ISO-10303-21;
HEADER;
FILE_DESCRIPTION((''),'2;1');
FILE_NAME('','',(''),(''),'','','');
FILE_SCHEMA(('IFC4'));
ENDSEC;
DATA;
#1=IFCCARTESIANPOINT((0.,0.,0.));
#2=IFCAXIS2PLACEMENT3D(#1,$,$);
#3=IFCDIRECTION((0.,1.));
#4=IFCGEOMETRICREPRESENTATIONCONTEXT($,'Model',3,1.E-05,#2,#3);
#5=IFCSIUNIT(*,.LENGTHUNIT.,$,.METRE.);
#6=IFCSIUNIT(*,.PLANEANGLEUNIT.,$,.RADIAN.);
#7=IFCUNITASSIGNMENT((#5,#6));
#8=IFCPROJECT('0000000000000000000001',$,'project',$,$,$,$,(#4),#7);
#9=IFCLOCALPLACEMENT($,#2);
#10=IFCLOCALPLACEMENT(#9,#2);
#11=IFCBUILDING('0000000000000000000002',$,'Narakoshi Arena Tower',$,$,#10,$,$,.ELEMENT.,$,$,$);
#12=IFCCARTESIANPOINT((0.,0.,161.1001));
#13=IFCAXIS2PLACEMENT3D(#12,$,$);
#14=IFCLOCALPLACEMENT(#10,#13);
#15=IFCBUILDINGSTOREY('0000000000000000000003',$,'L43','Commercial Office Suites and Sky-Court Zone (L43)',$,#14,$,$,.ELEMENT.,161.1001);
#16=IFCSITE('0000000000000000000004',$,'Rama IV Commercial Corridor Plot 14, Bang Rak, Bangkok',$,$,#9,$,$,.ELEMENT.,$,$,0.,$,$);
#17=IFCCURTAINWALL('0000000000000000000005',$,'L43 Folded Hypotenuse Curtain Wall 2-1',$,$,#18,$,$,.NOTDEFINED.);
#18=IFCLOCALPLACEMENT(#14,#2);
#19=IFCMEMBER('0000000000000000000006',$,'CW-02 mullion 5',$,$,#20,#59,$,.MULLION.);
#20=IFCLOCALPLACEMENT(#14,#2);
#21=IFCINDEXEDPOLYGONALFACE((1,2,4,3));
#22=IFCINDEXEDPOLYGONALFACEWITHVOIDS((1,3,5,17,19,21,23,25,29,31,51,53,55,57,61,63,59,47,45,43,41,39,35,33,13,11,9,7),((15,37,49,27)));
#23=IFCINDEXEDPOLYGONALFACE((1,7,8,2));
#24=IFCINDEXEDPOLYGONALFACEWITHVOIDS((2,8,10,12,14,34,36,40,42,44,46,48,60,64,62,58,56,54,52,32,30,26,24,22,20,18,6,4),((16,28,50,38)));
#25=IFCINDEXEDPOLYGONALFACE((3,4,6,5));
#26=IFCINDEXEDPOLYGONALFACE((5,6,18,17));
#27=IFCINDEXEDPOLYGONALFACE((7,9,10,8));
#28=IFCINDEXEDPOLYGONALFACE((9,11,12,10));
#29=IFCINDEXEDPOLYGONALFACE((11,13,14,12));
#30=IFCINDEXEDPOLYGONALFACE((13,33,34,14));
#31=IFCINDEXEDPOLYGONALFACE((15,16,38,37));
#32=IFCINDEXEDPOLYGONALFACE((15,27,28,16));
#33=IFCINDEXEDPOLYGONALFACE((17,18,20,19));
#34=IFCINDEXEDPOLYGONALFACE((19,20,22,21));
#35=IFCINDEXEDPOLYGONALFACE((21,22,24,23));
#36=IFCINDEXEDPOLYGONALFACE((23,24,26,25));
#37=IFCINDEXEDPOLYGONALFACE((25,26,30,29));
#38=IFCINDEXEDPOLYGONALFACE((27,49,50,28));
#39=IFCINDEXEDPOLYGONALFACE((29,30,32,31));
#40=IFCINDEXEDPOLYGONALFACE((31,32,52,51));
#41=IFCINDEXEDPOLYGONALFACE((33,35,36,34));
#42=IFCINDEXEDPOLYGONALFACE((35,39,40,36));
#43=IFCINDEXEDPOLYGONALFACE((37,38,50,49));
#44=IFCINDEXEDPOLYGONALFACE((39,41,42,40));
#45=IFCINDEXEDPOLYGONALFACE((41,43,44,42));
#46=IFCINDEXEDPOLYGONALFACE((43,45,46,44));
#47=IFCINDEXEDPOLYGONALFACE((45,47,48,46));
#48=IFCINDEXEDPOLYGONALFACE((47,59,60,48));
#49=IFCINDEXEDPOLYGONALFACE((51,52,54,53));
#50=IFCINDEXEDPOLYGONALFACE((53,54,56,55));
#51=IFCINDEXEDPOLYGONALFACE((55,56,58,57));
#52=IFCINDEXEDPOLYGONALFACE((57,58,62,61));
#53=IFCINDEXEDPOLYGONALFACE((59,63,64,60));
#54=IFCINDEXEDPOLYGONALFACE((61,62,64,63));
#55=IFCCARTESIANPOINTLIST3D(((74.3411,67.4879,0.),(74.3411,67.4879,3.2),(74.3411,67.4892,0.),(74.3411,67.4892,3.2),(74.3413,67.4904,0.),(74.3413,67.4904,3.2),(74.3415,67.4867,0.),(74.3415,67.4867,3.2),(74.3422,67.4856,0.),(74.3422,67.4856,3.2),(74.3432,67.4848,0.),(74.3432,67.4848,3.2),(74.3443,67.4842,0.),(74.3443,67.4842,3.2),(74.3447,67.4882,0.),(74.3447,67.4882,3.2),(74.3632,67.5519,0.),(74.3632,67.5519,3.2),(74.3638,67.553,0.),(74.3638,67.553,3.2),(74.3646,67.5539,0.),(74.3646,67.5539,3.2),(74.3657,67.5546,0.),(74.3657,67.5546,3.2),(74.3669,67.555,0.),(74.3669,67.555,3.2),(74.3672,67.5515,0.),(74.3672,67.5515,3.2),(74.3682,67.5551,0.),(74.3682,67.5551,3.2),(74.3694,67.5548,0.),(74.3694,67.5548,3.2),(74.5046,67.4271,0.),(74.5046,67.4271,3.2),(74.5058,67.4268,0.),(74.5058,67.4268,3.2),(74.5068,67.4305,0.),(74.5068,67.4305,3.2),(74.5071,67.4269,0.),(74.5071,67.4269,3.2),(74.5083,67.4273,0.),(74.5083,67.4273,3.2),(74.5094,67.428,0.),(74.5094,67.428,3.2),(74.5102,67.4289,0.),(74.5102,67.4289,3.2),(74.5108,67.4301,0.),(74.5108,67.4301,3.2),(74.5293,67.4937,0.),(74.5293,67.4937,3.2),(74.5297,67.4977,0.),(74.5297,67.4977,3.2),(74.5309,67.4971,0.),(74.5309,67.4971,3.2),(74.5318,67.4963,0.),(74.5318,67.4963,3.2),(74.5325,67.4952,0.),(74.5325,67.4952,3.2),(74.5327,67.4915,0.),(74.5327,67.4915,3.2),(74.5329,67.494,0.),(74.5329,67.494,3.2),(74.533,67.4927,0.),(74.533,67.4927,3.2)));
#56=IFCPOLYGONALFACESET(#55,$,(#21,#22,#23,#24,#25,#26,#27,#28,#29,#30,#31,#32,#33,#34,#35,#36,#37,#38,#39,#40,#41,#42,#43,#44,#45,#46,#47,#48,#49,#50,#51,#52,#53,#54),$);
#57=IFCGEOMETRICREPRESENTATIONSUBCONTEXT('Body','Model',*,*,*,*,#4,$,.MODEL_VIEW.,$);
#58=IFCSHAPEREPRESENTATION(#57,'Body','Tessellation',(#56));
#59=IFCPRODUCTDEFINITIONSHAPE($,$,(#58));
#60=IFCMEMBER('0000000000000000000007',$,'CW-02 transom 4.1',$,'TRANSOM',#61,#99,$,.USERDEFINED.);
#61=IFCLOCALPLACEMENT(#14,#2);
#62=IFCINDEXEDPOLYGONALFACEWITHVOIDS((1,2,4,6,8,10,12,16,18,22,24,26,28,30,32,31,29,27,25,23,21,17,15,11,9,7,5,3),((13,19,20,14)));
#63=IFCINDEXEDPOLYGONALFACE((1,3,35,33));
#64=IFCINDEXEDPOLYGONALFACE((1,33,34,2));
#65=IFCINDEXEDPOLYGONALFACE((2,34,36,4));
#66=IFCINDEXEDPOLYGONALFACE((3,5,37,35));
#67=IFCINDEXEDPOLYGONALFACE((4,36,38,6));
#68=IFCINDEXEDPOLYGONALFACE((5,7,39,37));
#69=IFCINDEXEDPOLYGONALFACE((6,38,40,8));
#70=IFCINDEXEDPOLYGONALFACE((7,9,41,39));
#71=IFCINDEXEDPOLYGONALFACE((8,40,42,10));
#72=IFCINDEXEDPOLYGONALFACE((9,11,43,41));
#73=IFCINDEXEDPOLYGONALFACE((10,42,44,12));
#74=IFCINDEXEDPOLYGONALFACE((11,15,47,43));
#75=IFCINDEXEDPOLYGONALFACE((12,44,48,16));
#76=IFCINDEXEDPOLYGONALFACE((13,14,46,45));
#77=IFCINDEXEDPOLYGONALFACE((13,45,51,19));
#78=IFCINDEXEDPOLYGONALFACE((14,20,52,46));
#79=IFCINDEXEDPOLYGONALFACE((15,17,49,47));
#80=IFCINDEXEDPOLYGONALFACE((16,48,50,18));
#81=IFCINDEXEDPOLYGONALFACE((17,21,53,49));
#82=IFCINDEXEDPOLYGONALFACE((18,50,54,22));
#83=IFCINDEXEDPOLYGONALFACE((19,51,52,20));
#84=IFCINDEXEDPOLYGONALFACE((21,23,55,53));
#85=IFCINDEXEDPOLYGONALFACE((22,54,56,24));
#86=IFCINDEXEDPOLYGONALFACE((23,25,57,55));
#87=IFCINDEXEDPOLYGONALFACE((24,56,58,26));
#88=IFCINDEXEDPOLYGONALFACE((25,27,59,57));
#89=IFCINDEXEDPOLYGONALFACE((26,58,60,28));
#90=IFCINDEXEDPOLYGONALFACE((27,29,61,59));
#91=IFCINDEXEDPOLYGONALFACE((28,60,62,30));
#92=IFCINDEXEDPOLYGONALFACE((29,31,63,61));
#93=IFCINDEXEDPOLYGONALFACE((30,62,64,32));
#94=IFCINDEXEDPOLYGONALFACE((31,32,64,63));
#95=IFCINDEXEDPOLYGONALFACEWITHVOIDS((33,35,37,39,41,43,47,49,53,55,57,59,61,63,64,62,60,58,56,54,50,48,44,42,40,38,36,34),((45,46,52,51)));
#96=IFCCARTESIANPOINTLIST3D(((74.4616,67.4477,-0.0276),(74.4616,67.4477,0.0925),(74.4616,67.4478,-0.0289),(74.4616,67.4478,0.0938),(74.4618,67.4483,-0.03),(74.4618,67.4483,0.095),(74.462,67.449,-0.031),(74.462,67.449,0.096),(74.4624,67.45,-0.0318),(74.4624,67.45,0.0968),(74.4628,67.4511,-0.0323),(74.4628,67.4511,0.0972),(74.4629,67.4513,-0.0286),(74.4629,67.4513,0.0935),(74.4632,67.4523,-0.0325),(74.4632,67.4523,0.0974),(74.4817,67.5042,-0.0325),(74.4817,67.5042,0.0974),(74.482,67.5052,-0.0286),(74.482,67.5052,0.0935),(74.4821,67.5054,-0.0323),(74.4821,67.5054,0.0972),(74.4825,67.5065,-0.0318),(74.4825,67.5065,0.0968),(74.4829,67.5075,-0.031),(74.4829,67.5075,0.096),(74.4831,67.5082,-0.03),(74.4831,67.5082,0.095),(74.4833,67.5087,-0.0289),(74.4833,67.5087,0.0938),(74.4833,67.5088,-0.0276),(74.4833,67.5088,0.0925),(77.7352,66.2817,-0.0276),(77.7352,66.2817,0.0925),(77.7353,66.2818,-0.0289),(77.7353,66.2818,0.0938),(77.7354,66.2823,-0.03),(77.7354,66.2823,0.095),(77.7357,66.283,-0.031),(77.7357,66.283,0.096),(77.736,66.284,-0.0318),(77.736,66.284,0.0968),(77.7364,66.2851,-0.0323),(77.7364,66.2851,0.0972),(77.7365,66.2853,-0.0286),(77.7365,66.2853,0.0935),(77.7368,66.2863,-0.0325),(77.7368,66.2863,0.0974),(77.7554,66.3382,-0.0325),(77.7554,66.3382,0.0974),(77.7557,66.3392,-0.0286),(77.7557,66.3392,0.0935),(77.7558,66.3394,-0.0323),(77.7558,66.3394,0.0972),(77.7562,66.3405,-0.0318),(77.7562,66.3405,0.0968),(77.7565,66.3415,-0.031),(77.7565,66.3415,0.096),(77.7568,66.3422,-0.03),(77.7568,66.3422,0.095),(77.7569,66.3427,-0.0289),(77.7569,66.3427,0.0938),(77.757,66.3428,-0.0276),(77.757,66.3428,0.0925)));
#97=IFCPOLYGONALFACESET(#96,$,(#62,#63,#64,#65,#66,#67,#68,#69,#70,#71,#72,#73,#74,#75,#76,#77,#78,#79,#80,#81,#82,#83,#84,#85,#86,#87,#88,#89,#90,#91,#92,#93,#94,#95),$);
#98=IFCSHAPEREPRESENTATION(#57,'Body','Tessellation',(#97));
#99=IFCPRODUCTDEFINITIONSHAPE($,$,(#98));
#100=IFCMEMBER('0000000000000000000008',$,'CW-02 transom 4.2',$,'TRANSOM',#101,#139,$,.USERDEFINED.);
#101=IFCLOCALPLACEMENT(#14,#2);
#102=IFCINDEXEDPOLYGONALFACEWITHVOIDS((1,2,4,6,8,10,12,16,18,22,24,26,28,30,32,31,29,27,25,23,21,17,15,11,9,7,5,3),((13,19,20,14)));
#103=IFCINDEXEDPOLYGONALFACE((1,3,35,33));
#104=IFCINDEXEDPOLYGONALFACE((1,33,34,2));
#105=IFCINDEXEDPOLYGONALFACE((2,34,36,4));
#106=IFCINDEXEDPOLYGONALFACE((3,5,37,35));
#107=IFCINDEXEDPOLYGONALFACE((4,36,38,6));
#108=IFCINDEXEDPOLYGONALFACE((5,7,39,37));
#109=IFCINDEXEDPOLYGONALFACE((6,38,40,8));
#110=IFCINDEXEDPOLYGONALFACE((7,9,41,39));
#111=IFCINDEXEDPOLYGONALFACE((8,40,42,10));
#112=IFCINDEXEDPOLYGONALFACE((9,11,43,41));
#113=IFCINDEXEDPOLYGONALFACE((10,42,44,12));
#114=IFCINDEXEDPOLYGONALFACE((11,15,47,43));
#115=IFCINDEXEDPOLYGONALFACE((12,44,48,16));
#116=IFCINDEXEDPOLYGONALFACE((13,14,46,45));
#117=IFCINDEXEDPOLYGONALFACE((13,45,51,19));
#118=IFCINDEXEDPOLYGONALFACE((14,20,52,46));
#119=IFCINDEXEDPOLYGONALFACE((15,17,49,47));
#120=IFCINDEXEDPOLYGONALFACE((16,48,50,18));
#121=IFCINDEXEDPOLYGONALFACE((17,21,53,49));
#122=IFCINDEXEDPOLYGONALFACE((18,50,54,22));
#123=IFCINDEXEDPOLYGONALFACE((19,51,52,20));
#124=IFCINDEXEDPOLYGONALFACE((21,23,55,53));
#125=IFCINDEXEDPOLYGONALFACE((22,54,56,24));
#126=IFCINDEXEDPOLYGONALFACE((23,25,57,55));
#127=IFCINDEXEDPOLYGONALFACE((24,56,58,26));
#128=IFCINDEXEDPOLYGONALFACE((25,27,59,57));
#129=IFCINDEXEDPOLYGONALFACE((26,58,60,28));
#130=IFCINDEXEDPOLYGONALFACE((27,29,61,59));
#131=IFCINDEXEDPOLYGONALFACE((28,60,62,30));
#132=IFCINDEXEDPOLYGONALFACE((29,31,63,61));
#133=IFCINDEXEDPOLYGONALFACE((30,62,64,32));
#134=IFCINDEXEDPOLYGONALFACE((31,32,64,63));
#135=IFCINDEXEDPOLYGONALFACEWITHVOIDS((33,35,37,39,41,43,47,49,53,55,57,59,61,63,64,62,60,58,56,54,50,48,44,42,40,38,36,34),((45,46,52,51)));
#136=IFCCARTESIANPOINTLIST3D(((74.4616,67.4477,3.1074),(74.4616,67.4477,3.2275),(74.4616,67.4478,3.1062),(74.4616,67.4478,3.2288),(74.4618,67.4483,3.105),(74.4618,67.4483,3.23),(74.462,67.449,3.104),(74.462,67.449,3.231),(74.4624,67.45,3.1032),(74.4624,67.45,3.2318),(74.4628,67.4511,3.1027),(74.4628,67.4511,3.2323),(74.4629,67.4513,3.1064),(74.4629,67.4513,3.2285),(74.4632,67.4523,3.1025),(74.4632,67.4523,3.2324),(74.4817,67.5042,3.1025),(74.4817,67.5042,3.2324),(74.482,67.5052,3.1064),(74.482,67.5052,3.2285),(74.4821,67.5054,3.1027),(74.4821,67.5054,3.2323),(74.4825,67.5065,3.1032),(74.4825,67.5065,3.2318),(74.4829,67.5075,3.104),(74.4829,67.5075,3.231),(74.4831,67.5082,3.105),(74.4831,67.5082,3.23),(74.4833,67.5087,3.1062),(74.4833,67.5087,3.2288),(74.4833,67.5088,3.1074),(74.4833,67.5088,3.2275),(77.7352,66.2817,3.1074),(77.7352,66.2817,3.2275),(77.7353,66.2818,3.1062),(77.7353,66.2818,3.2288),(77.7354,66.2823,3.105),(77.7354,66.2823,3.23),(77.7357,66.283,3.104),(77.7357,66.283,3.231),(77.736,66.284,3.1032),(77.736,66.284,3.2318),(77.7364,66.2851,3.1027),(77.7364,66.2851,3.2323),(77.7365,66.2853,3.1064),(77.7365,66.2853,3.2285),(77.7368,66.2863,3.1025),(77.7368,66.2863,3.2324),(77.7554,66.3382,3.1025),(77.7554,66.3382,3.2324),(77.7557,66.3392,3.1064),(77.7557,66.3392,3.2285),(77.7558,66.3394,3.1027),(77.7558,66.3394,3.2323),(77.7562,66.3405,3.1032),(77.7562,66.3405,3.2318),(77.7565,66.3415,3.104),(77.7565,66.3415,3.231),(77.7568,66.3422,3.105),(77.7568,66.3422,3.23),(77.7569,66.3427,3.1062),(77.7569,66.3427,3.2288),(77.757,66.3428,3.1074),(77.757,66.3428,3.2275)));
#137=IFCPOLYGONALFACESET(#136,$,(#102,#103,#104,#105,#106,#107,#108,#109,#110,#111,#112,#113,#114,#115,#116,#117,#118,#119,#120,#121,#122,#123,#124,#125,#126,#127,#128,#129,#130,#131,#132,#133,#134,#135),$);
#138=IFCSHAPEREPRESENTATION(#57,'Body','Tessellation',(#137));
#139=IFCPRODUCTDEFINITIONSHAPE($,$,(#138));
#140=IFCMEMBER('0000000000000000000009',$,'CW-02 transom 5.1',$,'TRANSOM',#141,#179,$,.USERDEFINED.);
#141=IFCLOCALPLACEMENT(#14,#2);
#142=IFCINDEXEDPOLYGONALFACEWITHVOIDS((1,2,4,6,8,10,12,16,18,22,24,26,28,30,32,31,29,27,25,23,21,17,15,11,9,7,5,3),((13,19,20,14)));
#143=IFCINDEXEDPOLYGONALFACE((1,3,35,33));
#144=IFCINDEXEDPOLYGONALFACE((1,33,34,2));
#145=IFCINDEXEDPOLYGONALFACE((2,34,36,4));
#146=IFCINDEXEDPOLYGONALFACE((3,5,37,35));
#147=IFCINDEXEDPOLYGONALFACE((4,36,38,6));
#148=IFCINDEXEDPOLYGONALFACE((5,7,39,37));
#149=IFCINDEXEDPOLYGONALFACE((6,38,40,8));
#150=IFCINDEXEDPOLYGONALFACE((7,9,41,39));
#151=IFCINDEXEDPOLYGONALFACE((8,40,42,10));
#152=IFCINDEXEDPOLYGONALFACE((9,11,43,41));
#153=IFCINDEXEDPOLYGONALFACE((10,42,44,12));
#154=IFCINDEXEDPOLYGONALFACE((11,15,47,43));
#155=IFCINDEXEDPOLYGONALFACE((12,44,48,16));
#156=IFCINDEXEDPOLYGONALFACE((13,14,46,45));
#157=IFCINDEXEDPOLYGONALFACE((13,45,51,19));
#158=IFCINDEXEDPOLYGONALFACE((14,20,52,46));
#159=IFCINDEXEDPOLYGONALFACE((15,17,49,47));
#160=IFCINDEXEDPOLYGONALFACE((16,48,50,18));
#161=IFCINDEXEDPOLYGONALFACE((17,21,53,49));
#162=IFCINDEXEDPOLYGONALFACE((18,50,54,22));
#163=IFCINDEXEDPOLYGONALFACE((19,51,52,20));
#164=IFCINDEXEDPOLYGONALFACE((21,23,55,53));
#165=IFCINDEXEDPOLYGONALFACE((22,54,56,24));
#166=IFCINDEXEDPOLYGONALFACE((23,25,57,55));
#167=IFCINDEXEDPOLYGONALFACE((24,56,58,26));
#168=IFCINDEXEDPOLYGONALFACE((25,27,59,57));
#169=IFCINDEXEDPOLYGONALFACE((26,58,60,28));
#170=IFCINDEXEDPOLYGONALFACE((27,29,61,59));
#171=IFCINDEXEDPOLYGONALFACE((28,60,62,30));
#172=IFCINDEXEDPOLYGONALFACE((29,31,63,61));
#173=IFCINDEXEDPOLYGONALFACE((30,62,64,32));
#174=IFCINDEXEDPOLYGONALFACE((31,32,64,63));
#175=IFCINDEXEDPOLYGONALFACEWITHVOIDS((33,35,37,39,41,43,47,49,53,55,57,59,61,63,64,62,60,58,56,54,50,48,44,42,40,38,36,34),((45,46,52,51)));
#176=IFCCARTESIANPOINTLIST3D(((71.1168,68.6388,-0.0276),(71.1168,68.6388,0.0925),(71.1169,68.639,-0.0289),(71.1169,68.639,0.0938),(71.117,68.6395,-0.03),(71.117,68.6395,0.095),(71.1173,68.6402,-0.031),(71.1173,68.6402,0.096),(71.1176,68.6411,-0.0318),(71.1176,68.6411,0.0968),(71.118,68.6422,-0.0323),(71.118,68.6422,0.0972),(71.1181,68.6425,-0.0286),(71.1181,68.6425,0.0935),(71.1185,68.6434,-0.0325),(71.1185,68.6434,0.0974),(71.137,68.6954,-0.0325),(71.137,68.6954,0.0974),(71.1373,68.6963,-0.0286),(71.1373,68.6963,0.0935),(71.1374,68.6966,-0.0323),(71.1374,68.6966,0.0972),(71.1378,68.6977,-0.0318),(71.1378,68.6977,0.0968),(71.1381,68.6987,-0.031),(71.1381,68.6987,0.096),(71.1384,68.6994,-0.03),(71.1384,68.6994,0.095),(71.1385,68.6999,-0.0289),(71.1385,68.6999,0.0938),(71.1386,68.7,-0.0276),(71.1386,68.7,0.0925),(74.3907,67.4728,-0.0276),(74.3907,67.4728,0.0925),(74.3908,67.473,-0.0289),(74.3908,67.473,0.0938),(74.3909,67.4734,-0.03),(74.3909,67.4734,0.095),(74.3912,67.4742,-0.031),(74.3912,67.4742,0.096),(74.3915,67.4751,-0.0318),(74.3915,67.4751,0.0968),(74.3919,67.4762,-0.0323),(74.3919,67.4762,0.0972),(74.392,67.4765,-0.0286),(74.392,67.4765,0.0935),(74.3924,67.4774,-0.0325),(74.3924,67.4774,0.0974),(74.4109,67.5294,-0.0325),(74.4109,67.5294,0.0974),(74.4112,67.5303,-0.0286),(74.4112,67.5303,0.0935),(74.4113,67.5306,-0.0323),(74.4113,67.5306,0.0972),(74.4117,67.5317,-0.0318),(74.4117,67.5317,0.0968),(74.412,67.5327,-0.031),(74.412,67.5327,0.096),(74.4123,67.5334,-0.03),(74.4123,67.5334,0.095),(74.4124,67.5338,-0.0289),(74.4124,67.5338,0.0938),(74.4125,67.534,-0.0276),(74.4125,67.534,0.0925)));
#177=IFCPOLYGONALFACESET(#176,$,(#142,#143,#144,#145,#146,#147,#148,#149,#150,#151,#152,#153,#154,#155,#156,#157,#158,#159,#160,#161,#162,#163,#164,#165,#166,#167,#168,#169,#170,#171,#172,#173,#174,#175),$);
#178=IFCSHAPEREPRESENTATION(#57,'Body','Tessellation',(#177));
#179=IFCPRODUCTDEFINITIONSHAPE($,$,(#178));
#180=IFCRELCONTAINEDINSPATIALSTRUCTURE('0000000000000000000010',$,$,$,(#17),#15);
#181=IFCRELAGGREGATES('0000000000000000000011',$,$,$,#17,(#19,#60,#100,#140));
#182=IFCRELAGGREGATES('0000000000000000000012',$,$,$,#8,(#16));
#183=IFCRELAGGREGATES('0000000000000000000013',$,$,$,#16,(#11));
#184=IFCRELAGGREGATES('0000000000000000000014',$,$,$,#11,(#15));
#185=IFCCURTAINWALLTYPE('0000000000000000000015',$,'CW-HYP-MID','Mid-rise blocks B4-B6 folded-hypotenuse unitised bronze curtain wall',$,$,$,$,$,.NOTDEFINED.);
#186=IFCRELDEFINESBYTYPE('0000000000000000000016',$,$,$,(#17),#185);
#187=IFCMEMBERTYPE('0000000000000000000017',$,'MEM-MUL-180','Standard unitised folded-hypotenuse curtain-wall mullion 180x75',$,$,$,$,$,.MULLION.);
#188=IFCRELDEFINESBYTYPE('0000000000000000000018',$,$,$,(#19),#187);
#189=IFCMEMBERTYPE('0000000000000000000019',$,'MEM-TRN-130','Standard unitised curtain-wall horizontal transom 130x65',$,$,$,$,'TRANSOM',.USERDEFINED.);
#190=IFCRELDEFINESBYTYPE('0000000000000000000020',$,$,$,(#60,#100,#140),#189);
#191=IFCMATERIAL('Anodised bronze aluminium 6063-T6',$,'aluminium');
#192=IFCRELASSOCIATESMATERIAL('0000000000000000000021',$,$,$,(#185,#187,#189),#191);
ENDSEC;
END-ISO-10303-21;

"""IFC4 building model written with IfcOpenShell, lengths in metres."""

from ifc_helpers import new_model, si_unit, direction, frame, origin, origin_2d, place, context, subcontext, project, spatial, hollow_rectangle, extrude, material, material_profile, profile_set, type_object, element, aggregate, save


model = new_model("IFC4")

# Units and contexts
model_context = context("Model", 3, precision=1e-05, world=origin(), true_north=direction((0.0, 1.0)))
body_context = subcontext(model_context, "Body", "Model", "MODEL_VIEW")
ifc_project = project(units=[si_unit("LENGTHUNIT", "METRE"), si_unit("PLANEANGLEUNIT", "RADIAN")], contexts=[model_context])

# Site, building, storey
site_placement = place(None, origin())
site = spatial("IfcSite", under=ifc_project, at=site_placement, Name="Rama IV Commercial Corridor Plot 14, Bang Rak, Bangkok", CompositionType="ELEMENT", RefElevation=0.0)
building_placement = place(site_placement, origin())
building = spatial("IfcBuilding", under=site, at=building_placement, Name="Narakoshi Arena Tower", CompositionType="ELEMENT")
storey_placement = place(building_placement, frame((0.0, 0.0, 161.1001)))
storey = spatial("IfcBuildingStorey", under=building, at=storey_placement, Name="L43", Description="Commercial Office Suites and Sky-Court Zone (L43)", CompositionType="ELEMENT", Elevation=161.1001)

# Curtain wall, members
ifc_material_1 = material(Name="Anodised bronze aluminium 6063-T6", Category="aluminium")
curtain_wall_type = type_object("IfcCurtainWallType", Name="CW-HYP-MID", Description="Mid-rise blocks B4-B6 folded-hypotenuse unitised bronze curtain wall", PredefinedType="NOTDEFINED", material=ifc_material_1)
curtain_wall_placement = place(storey_placement, origin())
curtain_wall = element("IfcCurtainWall", 1, at=curtain_wall_placement, inside=storey, type_object=curtain_wall_type, Name="L43 Folded Hypotenuse Curtain Wall 2-1", PredefinedType="NOTDEFINED")
ifc_material_profile_1 = material_profile(ifc_material_1, hollow_rectangle(XDim=0.075, YDim=0.1799, WallThickness=0.0039, OuterFilletRadius=0.0049, at=origin_2d()), Name="MUL180x75x4")
ifc_profile_set_1 = profile_set([ifc_material_profile_1], Name="Anodised bronze aluminium 6063-T6")
member_type_1 = type_object("IfcMemberType", Name="MEM-MUL-180", Description="Standard unitised folded-hypotenuse curtain-wall mullion 180x75", PredefinedType="MULLION", material=ifc_profile_set_1)
member_1_placement = place(storey_placement, frame((74.437, 67.491, 0.0), z_axis=(0.0, 0.0, 1.0), x_axis=(-0.335518, -0.942034, 0.0)))
member_1 = element("IfcMember", 2, at=member_1_placement, type_object=member_type_1, Name="CW-02 mullion 5", PredefinedType="MULLION", context=body_context, shape_type="SweptSolid", body=[
    extrude(hollow_rectangle(XDim=0.075, YDim=0.1799, WallThickness=0.0039, OuterFilletRadius=0.0049, at=origin_2d()), origin(), (0.0, 0.0, 1.0), 3.2),
])
ifc_material_profile_2 = material_profile(ifc_material_1, hollow_rectangle(XDim=0.0649, YDim=0.1299, WallThickness=0.0039, OuterFilletRadius=0.0049, at=origin_2d()), Name="TRN130x65x4")
ifc_profile_set_2 = profile_set([ifc_material_profile_2], Name="Anodised bronze aluminium 6063-T6")
member_type_2 = type_object("IfcMemberType", Name="MEM-TRN-130", Description="Standard unitised curtain-wall horizontal transom 130x65", ElementType="TRANSOM", PredefinedType="USERDEFINED", material=ifc_profile_set_2)
member_2_placement = place(storey_placement, frame((77.7461, 66.3123, 0.0325), z_axis=(-0.942029, 0.335531, 0.0), x_axis=(-0.335531, -0.942029, 0.0)))
member_2 = element("IfcMember", 3, at=member_2_placement, type_object=member_type_2, Name="CW-02 transom 4.1", ObjectType="TRANSOM", PredefinedType="USERDEFINED", context=body_context, shape_type="SweptSolid", body=[
    extrude(hollow_rectangle(XDim=0.0649, YDim=0.1299, WallThickness=0.0039, OuterFilletRadius=0.0049, at=origin_2d()), origin(), (0.0, 0.0, 1.0), 3.4751),
])
member_3_placement = place(storey_placement, frame((77.7461, 66.3123, 3.1675), z_axis=(-0.942029, 0.335531, 0.0), x_axis=(-0.335531, -0.942029, 0.0)))
member_3 = element("IfcMember", 4, at=member_3_placement, type_object=member_type_2, Name="CW-02 transom 4.2", ObjectType="TRANSOM", PredefinedType="USERDEFINED", context=body_context, shape_type="SweptSolid", body=[
    extrude(hollow_rectangle(XDim=0.0649, YDim=0.1299, WallThickness=0.0039, OuterFilletRadius=0.0049, at=origin_2d()), origin(), (0.0, 0.0, 1.0), 3.4751),
])
member_4_placement = place(storey_placement, frame((74.4016, 67.5034, 0.0325), z_axis=(-0.942037, 0.335509, 0.0), x_axis=(-0.335509, -0.942037, 0.0)))
member_4 = element("IfcMember", 5, at=member_4_placement, type_object=member_type_2, Name="CW-02 transom 5.1", ObjectType="TRANSOM", PredefinedType="USERDEFINED", context=body_context, shape_type="SweptSolid", body=[
    extrude(hollow_rectangle(XDim=0.0649, YDim=0.1299, WallThickness=0.0039, OuterFilletRadius=0.0049, at=origin_2d()), origin(), (0.0, 0.0, 1.0), 3.4753),
])
aggregate(curtain_wall, [member_1, member_2, member_3, member_4])

save(model, "model.ifc")
